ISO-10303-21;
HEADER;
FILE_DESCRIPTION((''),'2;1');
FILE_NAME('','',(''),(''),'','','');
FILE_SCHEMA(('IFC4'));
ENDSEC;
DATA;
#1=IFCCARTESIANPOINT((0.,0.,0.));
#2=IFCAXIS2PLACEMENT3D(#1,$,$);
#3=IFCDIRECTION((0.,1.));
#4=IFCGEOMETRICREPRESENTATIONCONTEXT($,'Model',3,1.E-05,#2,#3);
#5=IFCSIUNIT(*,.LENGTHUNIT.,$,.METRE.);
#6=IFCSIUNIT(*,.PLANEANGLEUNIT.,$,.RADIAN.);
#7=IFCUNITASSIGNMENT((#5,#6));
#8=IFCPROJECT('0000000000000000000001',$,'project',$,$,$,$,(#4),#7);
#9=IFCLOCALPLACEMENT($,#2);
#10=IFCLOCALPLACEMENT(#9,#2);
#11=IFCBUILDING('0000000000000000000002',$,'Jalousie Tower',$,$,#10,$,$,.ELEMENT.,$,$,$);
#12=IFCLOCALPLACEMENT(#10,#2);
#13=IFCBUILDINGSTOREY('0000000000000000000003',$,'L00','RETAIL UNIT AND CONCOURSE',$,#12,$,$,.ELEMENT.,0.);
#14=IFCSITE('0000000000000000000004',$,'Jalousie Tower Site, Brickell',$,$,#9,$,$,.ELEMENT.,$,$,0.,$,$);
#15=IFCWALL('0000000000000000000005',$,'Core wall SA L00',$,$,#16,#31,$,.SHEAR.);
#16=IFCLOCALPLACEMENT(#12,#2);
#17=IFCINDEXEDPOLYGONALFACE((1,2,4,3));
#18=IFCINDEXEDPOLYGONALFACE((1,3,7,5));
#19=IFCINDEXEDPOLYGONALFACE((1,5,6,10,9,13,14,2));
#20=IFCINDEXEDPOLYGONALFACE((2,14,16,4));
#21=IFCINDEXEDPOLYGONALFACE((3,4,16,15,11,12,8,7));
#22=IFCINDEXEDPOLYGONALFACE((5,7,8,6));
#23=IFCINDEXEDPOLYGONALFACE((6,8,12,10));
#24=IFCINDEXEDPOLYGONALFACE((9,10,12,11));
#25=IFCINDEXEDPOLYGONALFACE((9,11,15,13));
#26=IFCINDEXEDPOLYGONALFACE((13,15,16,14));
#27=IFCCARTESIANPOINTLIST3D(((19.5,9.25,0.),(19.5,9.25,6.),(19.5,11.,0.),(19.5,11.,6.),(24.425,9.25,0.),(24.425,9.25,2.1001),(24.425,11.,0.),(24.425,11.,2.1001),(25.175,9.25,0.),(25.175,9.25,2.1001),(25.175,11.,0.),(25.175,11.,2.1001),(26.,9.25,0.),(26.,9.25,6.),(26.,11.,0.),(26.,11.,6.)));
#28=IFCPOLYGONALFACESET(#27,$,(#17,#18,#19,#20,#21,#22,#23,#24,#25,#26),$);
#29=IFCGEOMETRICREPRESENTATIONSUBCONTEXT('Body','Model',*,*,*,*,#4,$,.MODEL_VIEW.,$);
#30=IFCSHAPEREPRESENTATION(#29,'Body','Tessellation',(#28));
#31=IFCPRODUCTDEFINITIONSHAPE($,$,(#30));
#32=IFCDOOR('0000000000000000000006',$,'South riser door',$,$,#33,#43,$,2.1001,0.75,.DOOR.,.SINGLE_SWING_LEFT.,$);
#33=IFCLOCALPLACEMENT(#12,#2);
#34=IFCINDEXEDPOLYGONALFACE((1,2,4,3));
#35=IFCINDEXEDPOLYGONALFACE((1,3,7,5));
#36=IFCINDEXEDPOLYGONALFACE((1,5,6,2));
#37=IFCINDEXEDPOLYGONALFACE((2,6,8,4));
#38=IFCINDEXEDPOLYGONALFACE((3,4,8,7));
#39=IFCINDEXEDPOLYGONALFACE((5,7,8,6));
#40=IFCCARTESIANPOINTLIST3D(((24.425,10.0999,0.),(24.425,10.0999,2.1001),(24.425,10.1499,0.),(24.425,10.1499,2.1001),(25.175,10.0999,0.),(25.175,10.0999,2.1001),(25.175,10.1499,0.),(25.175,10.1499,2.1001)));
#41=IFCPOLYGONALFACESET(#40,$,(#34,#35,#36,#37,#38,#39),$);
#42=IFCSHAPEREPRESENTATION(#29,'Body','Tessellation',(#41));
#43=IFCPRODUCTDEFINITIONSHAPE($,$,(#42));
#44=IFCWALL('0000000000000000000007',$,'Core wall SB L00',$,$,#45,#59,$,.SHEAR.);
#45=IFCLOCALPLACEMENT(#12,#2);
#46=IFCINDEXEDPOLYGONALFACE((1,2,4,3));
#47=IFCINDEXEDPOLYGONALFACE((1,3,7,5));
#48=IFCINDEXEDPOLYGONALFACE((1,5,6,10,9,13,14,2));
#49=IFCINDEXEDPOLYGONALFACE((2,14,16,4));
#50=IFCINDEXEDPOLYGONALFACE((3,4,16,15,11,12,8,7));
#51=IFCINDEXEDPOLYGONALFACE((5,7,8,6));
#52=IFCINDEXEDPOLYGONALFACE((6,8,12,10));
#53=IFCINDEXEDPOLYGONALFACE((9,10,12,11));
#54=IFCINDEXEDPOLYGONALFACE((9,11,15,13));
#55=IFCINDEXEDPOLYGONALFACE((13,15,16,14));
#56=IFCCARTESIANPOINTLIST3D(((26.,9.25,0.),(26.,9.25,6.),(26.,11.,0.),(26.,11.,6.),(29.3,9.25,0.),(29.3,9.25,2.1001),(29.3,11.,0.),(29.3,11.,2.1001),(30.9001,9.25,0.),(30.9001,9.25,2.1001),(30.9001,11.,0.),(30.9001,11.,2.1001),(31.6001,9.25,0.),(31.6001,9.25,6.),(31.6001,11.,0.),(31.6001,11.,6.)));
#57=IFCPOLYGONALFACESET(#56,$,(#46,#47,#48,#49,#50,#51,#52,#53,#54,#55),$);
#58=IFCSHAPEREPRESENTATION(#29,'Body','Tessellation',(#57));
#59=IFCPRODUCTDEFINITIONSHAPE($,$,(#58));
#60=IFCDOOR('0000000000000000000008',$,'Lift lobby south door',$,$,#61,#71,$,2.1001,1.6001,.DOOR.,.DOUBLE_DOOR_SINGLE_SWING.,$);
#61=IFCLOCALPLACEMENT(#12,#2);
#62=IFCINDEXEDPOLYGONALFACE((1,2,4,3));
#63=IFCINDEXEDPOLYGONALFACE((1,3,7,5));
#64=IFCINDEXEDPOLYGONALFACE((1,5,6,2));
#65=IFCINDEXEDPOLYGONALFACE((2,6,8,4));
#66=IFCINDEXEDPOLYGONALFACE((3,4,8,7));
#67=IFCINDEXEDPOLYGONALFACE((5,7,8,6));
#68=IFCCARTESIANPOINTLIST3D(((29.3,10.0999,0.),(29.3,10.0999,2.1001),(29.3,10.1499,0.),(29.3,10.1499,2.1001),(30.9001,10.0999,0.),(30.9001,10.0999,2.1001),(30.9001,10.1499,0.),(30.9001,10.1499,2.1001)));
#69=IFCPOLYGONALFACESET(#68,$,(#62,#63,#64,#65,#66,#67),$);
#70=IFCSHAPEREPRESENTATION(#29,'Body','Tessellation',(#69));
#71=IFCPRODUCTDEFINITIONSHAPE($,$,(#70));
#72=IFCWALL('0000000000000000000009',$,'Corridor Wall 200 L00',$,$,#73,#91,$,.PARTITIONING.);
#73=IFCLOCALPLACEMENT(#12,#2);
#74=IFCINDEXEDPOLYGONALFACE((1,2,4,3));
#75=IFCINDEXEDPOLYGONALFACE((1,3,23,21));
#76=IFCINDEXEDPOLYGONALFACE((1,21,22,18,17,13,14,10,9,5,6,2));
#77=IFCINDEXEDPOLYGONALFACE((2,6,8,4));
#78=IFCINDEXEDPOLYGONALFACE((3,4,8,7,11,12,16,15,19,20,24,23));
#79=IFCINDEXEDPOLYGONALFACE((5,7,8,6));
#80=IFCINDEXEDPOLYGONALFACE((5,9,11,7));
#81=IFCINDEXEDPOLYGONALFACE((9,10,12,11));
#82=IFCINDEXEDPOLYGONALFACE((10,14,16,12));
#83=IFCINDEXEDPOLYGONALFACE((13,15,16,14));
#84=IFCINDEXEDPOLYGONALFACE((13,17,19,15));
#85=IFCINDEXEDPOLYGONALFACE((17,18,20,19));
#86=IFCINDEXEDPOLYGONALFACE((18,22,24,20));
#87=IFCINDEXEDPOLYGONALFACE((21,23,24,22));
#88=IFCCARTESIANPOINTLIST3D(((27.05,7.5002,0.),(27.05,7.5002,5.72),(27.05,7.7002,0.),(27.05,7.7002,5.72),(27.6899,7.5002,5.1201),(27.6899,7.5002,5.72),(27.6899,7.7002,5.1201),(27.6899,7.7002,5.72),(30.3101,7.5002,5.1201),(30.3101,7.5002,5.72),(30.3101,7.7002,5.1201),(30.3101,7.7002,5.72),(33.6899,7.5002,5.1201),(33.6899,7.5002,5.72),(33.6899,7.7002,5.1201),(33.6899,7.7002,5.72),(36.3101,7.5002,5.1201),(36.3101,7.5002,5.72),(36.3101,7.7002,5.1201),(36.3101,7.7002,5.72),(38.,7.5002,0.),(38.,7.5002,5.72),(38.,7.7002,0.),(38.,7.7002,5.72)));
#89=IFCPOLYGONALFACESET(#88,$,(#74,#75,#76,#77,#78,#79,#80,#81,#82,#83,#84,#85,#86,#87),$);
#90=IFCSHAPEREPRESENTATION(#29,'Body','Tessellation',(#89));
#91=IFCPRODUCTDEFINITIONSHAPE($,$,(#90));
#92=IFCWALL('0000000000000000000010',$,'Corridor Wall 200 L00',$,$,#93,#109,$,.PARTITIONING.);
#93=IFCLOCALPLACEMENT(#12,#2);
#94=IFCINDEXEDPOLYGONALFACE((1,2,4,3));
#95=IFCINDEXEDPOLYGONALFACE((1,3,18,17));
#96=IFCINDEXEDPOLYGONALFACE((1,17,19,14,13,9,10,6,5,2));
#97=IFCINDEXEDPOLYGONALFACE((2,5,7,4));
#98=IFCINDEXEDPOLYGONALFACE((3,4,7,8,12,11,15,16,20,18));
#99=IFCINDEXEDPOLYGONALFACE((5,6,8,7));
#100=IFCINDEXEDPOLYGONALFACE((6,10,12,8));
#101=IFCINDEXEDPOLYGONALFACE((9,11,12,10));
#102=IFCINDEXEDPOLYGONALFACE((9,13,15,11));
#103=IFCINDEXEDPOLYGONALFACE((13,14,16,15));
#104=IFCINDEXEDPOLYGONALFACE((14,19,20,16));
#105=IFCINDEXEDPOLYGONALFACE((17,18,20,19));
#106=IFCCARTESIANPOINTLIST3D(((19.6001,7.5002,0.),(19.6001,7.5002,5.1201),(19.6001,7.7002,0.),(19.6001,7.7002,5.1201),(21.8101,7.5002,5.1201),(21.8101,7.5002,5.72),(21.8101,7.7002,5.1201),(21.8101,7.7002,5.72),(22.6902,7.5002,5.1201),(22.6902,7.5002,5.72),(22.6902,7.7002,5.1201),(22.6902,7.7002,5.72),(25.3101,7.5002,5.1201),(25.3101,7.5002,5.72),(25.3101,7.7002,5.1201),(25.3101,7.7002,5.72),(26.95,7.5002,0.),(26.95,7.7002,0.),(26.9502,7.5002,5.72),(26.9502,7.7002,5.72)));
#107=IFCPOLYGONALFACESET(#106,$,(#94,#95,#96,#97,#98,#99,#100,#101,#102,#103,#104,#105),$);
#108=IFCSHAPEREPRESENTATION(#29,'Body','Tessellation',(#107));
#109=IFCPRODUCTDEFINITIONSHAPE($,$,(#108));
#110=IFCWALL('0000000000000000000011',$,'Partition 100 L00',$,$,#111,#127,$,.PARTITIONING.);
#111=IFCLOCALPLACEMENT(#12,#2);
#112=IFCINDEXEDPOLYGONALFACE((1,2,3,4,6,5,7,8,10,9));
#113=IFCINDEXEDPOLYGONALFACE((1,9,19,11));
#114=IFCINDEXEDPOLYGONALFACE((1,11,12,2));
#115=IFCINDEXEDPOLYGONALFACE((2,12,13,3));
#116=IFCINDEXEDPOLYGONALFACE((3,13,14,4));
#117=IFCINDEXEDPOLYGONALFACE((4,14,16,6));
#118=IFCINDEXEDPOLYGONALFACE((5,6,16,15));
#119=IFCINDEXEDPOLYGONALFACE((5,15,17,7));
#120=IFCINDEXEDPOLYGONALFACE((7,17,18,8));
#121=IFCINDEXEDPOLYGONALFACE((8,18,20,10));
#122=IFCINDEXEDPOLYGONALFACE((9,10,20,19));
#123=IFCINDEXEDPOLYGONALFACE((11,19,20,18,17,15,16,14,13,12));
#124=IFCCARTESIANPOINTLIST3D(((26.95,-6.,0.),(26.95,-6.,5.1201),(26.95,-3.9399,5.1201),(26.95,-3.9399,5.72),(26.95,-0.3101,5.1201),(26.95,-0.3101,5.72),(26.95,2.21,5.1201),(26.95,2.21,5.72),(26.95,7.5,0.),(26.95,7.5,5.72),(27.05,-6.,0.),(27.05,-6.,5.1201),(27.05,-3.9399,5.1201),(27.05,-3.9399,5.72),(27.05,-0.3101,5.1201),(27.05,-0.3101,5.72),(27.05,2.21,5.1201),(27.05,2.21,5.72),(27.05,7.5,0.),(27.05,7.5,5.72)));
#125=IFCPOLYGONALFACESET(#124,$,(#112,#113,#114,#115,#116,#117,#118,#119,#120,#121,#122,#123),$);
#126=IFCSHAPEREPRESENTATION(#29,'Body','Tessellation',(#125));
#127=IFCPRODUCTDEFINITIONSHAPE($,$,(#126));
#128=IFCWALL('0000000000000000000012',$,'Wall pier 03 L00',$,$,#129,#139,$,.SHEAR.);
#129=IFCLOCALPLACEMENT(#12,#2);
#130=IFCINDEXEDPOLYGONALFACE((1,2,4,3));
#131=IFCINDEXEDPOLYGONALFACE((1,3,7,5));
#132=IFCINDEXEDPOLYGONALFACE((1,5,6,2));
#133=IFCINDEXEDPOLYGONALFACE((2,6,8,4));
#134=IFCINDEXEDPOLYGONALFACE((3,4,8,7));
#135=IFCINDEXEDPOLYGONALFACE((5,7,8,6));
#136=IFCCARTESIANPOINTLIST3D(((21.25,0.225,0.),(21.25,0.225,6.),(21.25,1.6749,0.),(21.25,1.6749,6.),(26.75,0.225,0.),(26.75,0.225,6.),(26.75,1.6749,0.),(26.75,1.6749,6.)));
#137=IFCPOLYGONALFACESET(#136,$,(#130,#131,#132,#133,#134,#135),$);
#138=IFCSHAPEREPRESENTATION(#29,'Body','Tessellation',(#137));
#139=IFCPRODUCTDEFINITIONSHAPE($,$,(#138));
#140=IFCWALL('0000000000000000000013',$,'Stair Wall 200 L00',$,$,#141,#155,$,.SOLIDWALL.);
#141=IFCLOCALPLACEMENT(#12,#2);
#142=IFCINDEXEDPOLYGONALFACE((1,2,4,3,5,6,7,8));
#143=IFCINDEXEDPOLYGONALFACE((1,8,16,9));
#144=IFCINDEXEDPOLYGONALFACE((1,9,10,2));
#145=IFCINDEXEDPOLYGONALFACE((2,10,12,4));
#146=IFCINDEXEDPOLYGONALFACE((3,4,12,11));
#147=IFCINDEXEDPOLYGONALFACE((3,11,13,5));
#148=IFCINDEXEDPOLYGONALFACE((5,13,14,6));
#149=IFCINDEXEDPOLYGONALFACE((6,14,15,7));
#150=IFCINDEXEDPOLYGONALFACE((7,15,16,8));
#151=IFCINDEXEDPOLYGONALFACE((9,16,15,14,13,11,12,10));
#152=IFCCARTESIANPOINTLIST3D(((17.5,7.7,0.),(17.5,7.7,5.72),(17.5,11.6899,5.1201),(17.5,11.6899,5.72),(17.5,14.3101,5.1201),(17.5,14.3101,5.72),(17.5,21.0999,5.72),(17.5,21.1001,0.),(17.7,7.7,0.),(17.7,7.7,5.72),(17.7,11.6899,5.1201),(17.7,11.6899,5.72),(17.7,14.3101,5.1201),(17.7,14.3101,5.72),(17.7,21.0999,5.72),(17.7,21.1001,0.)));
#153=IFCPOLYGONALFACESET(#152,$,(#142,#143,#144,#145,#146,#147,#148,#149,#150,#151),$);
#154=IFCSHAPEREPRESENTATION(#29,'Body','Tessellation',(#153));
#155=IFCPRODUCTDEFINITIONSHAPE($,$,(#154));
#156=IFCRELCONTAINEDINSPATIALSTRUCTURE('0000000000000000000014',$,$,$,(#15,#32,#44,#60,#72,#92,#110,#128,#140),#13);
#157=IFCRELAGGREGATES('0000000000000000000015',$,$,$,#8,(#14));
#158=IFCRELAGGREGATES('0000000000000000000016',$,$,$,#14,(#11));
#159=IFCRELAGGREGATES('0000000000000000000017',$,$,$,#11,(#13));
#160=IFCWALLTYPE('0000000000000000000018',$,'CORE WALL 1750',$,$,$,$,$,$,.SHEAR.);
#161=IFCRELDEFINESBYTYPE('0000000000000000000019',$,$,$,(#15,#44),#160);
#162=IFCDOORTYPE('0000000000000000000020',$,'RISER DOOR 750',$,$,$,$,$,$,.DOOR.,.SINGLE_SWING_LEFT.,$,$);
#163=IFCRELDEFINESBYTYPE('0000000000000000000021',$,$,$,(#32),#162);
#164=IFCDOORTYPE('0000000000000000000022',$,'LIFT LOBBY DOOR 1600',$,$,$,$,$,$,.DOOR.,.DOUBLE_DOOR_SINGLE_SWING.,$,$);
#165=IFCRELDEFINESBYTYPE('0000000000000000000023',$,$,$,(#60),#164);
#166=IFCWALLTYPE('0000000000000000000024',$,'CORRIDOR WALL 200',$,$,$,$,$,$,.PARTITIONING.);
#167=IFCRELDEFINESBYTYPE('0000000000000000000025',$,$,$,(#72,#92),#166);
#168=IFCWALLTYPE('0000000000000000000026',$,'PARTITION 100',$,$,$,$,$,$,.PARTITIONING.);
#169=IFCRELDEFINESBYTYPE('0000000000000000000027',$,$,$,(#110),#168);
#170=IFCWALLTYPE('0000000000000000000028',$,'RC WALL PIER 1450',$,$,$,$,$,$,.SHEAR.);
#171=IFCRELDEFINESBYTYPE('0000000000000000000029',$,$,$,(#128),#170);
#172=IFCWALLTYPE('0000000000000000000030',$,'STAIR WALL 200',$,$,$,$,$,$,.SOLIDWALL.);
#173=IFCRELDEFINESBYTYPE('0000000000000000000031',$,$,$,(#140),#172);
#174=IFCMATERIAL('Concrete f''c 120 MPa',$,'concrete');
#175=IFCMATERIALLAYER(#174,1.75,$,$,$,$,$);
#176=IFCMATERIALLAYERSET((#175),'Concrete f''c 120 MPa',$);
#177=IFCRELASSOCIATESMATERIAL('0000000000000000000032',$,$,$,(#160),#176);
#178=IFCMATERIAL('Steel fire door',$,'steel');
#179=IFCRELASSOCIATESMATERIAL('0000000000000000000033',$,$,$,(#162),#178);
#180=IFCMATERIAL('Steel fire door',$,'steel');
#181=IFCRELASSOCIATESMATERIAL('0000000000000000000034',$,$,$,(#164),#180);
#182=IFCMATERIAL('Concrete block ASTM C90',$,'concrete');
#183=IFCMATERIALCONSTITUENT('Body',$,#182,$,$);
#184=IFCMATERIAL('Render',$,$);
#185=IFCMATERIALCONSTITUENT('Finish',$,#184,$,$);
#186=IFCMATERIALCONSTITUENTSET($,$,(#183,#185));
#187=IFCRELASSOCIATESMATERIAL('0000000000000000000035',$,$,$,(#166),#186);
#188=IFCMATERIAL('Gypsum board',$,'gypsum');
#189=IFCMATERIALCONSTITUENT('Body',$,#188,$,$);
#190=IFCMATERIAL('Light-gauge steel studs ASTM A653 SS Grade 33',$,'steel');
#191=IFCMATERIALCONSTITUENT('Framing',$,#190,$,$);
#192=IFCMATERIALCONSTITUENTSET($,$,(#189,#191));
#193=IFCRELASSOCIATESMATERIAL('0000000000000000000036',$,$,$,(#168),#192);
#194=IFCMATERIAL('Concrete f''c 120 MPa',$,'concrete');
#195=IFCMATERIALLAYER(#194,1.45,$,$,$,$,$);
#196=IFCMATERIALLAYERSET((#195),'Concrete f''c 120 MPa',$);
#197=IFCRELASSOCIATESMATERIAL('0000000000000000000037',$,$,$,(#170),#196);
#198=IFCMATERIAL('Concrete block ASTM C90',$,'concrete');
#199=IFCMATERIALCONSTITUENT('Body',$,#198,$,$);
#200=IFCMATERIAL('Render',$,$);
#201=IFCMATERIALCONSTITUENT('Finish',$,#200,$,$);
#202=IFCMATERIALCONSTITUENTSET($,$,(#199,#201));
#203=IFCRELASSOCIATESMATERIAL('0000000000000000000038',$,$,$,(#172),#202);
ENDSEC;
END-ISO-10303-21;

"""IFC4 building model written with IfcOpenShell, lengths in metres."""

from ifc_helpers import new_model, si_unit, direction, frame, frame_2d, origin, place, context, subcontext, project, spatial, polyline, rectangle, outline, extrude, material, layer, layer_set, constituent, constituent_set, type_object, element, fill, save


model = new_model("IFC4")

# Units and contexts
model_context = context("Model", 3, precision=1e-05, world=origin(), true_north=direction((0.0, 1.0)))
body_context = subcontext(model_context, "Body", "Model", "MODEL_VIEW")
ifc_project = project(units=[si_unit("LENGTHUNIT", "METRE"), si_unit("PLANEANGLEUNIT", "RADIAN")], contexts=[model_context])

# Site, building, storey
site_placement = place(None, origin())
site = spatial("IfcSite", under=ifc_project, at=site_placement, Name="Jalousie Tower Site, Brickell", CompositionType="ELEMENT", RefElevation=0.0)
building_placement = place(site_placement, origin())
building = spatial("IfcBuilding", under=site, at=building_placement, Name="Jalousie Tower", CompositionType="ELEMENT")
storey_placement = place(building_placement, origin())
storey = spatial("IfcBuildingStorey", under=building, at=storey_placement, Name="L00", Description="RETAIL UNIT AND CONCOURSE", CompositionType="ELEMENT", Elevation=0.0)

# Walls, openings, doors
ifc_material_1 = material(Name="Concrete f'c 120 MPa", Category="concrete")
ifc_layer_1 = layer(ifc_material_1, 1.75)
ifc_layer_set_1 = layer_set([ifc_layer_1], Name="Concrete f'c 120 MPa")
wall_type_1 = type_object("IfcWallType", Name="CORE WALL 1750", PredefinedType="SHEAR", material=ifc_layer_set_1)
wall_1_placement = place(storey_placement, frame((19.5, 10.125, 0.0), z_axis=(0.0, 0.0, 1.0), x_axis=(1.0, 0.0, 0.0)))
wall_1 = element("IfcWall", 1, at=wall_1_placement, inside=storey, type_object=wall_type_1, Name="Core wall SA L00", PredefinedType="SHEAR", context=body_context, shape_type="SweptSolid", body=[
    extrude(rectangle(XDim=6.5, YDim=1.75, at=frame_2d((3.25, 0.0))), origin(), (0.0, 0.0, 1.0), 6.0),
])
opening_1_placement = place(wall_1_placement, frame((4.925, 0.0, 0.0)))
opening_1 = element("IfcOpeningElement", 2, at=opening_1_placement, cuts=wall_1, PredefinedType="OPENING", context=body_context, shape_type="SweptSolid", body=[
    extrude(rectangle(XDim=0.75, YDim=2.1001, at=frame_2d((0.375, 1.05))), frame((0.0, 0.885, 0.0), z_axis=(0.0, -1.0, 0.0), x_axis=(1.0, 0.0, 0.0)), (0.0, 0.0, 1.0), 1.77),
])
ifc_material_2 = material(Name="Steel fire door", Category="steel")
door_type_1 = type_object("IfcDoorType", Name="RISER DOOR 750", OperationType="SINGLE_SWING_LEFT", PredefinedType="DOOR", material=ifc_material_2)
door_1_placement = place(opening_1_placement, origin())
door_1 = element("IfcDoor", 3, at=door_1_placement, inside=storey, type_object=door_type_1, Name="South riser door", OperationType="SINGLE_SWING_LEFT", OverallHeight=2.1001, OverallWidth=0.75, PredefinedType="DOOR", context=body_context, shape_type="SweptSolid", body=[
    extrude(rectangle(XDim=0.75, YDim=2.1001, at=frame_2d((0.375, 1.05))), frame((0.0, 0.0249, 0.0), z_axis=(0.0, -1.0, 0.0), x_axis=(1.0, 0.0, 0.0)), (0.0, 0.0, 1.0), 0.05),
])
fill(opening_1, door_1)
wall_2_placement = place(storey_placement, frame((26.0, 10.125, 0.0), z_axis=(0.0, 0.0, 1.0), x_axis=(1.0, 0.0, 0.0)))
wall_2 = element("IfcWall", 4, at=wall_2_placement, inside=storey, type_object=wall_type_1, Name="Core wall SB L00", PredefinedType="SHEAR", context=body_context, shape_type="SweptSolid", body=[
    extrude(rectangle(XDim=5.6001, YDim=1.75, at=frame_2d((2.8, 0.0))), origin(), (0.0, 0.0, 1.0), 6.0),
])
opening_2_placement = place(wall_2_placement, frame((3.3, 0.0, 0.0)))
opening_2 = element("IfcOpeningElement", 5, at=opening_2_placement, cuts=wall_2, PredefinedType="OPENING", context=body_context, shape_type="SweptSolid", body=[
    extrude(rectangle(XDim=1.6001, YDim=2.1001, at=frame_2d((0.8, 1.05))), frame((0.0, 0.885, 0.0), z_axis=(0.0, -1.0, 0.0), x_axis=(1.0, 0.0, 0.0)), (0.0, 0.0, 1.0), 1.77),
])
ifc_material_3 = material(Name="Steel fire door", Category="steel")
door_type_2 = type_object("IfcDoorType", Name="LIFT LOBBY DOOR 1600", OperationType="DOUBLE_DOOR_SINGLE_SWING", PredefinedType="DOOR", material=ifc_material_3)
door_2_placement = place(opening_2_placement, origin())
door_2 = element("IfcDoor", 6, at=door_2_placement, inside=storey, type_object=door_type_2, Name="Lift lobby south door", OperationType="DOUBLE_DOOR_SINGLE_SWING", OverallHeight=2.1001, OverallWidth=1.6001, PredefinedType="DOOR", context=body_context, shape_type="SweptSolid", body=[
    extrude(rectangle(XDim=1.6001, YDim=2.1001, at=frame_2d((0.8, 1.05))), frame((0.0, 0.0249, 0.0), z_axis=(0.0, -1.0, 0.0), x_axis=(1.0, 0.0, 0.0)), (0.0, 0.0, 1.0), 0.05),
])
fill(opening_2, door_2)

# Walls
ifc_material_4 = material(Name="Concrete block ASTM C90", Category="concrete")
ifc_constituent_1 = constituent(ifc_material_4, Name="Body")
ifc_material_5 = material(Name="Render")
ifc_constituent_2 = constituent(ifc_material_5, Name="Finish")
ifc_constituent_set_1 = constituent_set(constituents=[ifc_constituent_1, ifc_constituent_2])
wall_type_2 = type_object("IfcWallType", Name="CORRIDOR WALL 200", PredefinedType="PARTITIONING", material=ifc_constituent_set_1)
wall_3_placement = place(storey_placement, frame((27.05, 7.6001, 0.0), z_axis=(0.0, 0.0, 1.0), x_axis=(1.0, 0.0, 0.0)))
element("IfcWall", 7, at=wall_3_placement, inside=storey, type_object=wall_type_2, Name="Corridor Wall 200 L00", PredefinedType="PARTITIONING", context=body_context, shape_type="SweptSolid", body=[
    extrude(outline(polyline([(0.0, 0.0), (10.95, 0.0), (10.95, 5.72), (9.26, 5.72), (9.26, 5.1201), (6.6399, 5.1201), (6.6399, 5.72), (3.26, 5.72), (3.26, 5.1201), (0.6399, 5.1201), (0.6399, 5.72), (0.0, 5.72), (0.0, 0.0)])), frame((0.0, 0.1001, 0.0), z_axis=(0.0, -1.0, 0.0), x_axis=(1.0, 0.0, 0.0)), (0.0, 0.0, 1.0), 0.2),
])
wall_4_placement = place(storey_placement, frame((19.6001, 7.6001, 0.0), z_axis=(0.0, 0.0, 1.0), x_axis=(1.0, 0.0, 0.0)))
element("IfcWall", 8, at=wall_4_placement, inside=storey, type_object=wall_type_2, Name="Corridor Wall 200 L00", PredefinedType="PARTITIONING", context=body_context, shape_type="SweptSolid", body=[
    extrude(outline(polyline([(0.0, 0.0), (7.3499, 0.0), (7.3501, 5.72), (5.71, 5.72), (5.71, 5.1201), (3.0901, 5.1201), (3.0901, 5.72), (2.21, 5.72), (2.21, 5.1201), (0.0, 5.1201), (0.0, 5.72), (0.0, 0.0)])), frame((0.0, 0.1001, 0.0), z_axis=(0.0, -1.0, 0.0), x_axis=(1.0, 0.0, 0.0)), (0.0, 0.0, 1.0), 0.2),
])
ifc_material_6 = material(Name="Gypsum board", Category="gypsum")
ifc_constituent_3 = constituent(ifc_material_6, Name="Body")
ifc_material_7 = material(Name="Light-gauge steel studs ASTM A653 SS Grade 33", Category="steel")
ifc_constituent_4 = constituent(ifc_material_7, Name="Framing")
ifc_constituent_set_2 = constituent_set(constituents=[ifc_constituent_3, ifc_constituent_4])
wall_type_3 = type_object("IfcWallType", Name="PARTITION 100", PredefinedType="PARTITIONING", material=ifc_constituent_set_2)
wall_5_placement = place(storey_placement, frame((27.0, -6.0, 0.0), z_axis=(0.0, 0.0, 1.0), x_axis=(0.0, 1.0, 0.0)))
element("IfcWall", 9, at=wall_5_placement, inside=storey, type_object=wall_type_3, Name="Partition 100 L00", PredefinedType="PARTITIONING", context=body_context, shape_type="SweptSolid", body=[
    extrude(outline(polyline([(0.0, 0.0), (13.5, 0.0), (13.5, 5.72), (8.21, 5.72), (8.21, 5.1201), (5.6899, 5.1201), (5.6899, 5.72), (2.0601, 5.72), (2.0601, 5.1201), (0.0, 5.1201), (0.0, 5.72), (0.0, 0.0)])), frame((0.0, 0.05, 0.0), z_axis=(0.0, -1.0, 0.0), x_axis=(1.0, 0.0, 0.0)), (0.0, 0.0, 1.0), 0.1001),
])
ifc_material_8 = material(Name="Concrete f'c 120 MPa", Category="concrete")
ifc_layer_2 = layer(ifc_material_8, 1.45)
ifc_layer_set_2 = layer_set([ifc_layer_2], Name="Concrete f'c 120 MPa")
wall_type_4 = type_object("IfcWallType", Name="RC WALL PIER 1450", PredefinedType="SHEAR", material=ifc_layer_set_2)
wall_6_placement = place(storey_placement, frame((21.25, 0.95, 0.0), z_axis=(0.0, 0.0, 1.0), x_axis=(1.0, 0.0, 0.0)))
element("IfcWall", 10, at=wall_6_placement, inside=storey, type_object=wall_type_4, Name="Wall pier 03 L00", PredefinedType="SHEAR", context=body_context, shape_type="SweptSolid", body=[
    extrude(rectangle(XDim=5.5, YDim=1.45, at=frame_2d((2.75, 0.0))), origin(), (0.0, 0.0, 1.0), 6.0),
])
ifc_material_9 = material(Name="Concrete block ASTM C90", Category="concrete")
ifc_constituent_5 = constituent(ifc_material_9, Name="Body")
ifc_material_10 = material(Name="Render")
ifc_constituent_6 = constituent(ifc_material_10, Name="Finish")
ifc_constituent_set_3 = constituent_set(constituents=[ifc_constituent_5, ifc_constituent_6])
wall_type_5 = type_object("IfcWallType", Name="STAIR WALL 200", PredefinedType="SOLIDWALL", material=ifc_constituent_set_3)
wall_7_placement = place(storey_placement, frame((17.6001, 7.7, 0.0), z_axis=(0.0, 0.0, 1.0), x_axis=(0.0, 1.0, 0.0)))
element("IfcWall", 11, at=wall_7_placement, inside=storey, type_object=wall_type_5, Name="Stair Wall 200 L00", PredefinedType="SOLIDWALL", context=body_context, shape_type="SweptSolid", body=[
    extrude(outline(polyline([(0.0, 0.0), (13.4001, 0.0), (13.3999, 5.72), (6.6101, 5.72), (6.6101, 5.1201), (3.99, 5.1201), (3.99, 5.72), (0.0, 5.72), (0.0, 0.0)])), frame((0.0, 0.1001, 0.0), z_axis=(0.0, -1.0, 0.0), x_axis=(1.0, 0.0, 0.0)), (0.0, 0.0, 1.0), 0.2),
])

save(model, "model.ifc")
